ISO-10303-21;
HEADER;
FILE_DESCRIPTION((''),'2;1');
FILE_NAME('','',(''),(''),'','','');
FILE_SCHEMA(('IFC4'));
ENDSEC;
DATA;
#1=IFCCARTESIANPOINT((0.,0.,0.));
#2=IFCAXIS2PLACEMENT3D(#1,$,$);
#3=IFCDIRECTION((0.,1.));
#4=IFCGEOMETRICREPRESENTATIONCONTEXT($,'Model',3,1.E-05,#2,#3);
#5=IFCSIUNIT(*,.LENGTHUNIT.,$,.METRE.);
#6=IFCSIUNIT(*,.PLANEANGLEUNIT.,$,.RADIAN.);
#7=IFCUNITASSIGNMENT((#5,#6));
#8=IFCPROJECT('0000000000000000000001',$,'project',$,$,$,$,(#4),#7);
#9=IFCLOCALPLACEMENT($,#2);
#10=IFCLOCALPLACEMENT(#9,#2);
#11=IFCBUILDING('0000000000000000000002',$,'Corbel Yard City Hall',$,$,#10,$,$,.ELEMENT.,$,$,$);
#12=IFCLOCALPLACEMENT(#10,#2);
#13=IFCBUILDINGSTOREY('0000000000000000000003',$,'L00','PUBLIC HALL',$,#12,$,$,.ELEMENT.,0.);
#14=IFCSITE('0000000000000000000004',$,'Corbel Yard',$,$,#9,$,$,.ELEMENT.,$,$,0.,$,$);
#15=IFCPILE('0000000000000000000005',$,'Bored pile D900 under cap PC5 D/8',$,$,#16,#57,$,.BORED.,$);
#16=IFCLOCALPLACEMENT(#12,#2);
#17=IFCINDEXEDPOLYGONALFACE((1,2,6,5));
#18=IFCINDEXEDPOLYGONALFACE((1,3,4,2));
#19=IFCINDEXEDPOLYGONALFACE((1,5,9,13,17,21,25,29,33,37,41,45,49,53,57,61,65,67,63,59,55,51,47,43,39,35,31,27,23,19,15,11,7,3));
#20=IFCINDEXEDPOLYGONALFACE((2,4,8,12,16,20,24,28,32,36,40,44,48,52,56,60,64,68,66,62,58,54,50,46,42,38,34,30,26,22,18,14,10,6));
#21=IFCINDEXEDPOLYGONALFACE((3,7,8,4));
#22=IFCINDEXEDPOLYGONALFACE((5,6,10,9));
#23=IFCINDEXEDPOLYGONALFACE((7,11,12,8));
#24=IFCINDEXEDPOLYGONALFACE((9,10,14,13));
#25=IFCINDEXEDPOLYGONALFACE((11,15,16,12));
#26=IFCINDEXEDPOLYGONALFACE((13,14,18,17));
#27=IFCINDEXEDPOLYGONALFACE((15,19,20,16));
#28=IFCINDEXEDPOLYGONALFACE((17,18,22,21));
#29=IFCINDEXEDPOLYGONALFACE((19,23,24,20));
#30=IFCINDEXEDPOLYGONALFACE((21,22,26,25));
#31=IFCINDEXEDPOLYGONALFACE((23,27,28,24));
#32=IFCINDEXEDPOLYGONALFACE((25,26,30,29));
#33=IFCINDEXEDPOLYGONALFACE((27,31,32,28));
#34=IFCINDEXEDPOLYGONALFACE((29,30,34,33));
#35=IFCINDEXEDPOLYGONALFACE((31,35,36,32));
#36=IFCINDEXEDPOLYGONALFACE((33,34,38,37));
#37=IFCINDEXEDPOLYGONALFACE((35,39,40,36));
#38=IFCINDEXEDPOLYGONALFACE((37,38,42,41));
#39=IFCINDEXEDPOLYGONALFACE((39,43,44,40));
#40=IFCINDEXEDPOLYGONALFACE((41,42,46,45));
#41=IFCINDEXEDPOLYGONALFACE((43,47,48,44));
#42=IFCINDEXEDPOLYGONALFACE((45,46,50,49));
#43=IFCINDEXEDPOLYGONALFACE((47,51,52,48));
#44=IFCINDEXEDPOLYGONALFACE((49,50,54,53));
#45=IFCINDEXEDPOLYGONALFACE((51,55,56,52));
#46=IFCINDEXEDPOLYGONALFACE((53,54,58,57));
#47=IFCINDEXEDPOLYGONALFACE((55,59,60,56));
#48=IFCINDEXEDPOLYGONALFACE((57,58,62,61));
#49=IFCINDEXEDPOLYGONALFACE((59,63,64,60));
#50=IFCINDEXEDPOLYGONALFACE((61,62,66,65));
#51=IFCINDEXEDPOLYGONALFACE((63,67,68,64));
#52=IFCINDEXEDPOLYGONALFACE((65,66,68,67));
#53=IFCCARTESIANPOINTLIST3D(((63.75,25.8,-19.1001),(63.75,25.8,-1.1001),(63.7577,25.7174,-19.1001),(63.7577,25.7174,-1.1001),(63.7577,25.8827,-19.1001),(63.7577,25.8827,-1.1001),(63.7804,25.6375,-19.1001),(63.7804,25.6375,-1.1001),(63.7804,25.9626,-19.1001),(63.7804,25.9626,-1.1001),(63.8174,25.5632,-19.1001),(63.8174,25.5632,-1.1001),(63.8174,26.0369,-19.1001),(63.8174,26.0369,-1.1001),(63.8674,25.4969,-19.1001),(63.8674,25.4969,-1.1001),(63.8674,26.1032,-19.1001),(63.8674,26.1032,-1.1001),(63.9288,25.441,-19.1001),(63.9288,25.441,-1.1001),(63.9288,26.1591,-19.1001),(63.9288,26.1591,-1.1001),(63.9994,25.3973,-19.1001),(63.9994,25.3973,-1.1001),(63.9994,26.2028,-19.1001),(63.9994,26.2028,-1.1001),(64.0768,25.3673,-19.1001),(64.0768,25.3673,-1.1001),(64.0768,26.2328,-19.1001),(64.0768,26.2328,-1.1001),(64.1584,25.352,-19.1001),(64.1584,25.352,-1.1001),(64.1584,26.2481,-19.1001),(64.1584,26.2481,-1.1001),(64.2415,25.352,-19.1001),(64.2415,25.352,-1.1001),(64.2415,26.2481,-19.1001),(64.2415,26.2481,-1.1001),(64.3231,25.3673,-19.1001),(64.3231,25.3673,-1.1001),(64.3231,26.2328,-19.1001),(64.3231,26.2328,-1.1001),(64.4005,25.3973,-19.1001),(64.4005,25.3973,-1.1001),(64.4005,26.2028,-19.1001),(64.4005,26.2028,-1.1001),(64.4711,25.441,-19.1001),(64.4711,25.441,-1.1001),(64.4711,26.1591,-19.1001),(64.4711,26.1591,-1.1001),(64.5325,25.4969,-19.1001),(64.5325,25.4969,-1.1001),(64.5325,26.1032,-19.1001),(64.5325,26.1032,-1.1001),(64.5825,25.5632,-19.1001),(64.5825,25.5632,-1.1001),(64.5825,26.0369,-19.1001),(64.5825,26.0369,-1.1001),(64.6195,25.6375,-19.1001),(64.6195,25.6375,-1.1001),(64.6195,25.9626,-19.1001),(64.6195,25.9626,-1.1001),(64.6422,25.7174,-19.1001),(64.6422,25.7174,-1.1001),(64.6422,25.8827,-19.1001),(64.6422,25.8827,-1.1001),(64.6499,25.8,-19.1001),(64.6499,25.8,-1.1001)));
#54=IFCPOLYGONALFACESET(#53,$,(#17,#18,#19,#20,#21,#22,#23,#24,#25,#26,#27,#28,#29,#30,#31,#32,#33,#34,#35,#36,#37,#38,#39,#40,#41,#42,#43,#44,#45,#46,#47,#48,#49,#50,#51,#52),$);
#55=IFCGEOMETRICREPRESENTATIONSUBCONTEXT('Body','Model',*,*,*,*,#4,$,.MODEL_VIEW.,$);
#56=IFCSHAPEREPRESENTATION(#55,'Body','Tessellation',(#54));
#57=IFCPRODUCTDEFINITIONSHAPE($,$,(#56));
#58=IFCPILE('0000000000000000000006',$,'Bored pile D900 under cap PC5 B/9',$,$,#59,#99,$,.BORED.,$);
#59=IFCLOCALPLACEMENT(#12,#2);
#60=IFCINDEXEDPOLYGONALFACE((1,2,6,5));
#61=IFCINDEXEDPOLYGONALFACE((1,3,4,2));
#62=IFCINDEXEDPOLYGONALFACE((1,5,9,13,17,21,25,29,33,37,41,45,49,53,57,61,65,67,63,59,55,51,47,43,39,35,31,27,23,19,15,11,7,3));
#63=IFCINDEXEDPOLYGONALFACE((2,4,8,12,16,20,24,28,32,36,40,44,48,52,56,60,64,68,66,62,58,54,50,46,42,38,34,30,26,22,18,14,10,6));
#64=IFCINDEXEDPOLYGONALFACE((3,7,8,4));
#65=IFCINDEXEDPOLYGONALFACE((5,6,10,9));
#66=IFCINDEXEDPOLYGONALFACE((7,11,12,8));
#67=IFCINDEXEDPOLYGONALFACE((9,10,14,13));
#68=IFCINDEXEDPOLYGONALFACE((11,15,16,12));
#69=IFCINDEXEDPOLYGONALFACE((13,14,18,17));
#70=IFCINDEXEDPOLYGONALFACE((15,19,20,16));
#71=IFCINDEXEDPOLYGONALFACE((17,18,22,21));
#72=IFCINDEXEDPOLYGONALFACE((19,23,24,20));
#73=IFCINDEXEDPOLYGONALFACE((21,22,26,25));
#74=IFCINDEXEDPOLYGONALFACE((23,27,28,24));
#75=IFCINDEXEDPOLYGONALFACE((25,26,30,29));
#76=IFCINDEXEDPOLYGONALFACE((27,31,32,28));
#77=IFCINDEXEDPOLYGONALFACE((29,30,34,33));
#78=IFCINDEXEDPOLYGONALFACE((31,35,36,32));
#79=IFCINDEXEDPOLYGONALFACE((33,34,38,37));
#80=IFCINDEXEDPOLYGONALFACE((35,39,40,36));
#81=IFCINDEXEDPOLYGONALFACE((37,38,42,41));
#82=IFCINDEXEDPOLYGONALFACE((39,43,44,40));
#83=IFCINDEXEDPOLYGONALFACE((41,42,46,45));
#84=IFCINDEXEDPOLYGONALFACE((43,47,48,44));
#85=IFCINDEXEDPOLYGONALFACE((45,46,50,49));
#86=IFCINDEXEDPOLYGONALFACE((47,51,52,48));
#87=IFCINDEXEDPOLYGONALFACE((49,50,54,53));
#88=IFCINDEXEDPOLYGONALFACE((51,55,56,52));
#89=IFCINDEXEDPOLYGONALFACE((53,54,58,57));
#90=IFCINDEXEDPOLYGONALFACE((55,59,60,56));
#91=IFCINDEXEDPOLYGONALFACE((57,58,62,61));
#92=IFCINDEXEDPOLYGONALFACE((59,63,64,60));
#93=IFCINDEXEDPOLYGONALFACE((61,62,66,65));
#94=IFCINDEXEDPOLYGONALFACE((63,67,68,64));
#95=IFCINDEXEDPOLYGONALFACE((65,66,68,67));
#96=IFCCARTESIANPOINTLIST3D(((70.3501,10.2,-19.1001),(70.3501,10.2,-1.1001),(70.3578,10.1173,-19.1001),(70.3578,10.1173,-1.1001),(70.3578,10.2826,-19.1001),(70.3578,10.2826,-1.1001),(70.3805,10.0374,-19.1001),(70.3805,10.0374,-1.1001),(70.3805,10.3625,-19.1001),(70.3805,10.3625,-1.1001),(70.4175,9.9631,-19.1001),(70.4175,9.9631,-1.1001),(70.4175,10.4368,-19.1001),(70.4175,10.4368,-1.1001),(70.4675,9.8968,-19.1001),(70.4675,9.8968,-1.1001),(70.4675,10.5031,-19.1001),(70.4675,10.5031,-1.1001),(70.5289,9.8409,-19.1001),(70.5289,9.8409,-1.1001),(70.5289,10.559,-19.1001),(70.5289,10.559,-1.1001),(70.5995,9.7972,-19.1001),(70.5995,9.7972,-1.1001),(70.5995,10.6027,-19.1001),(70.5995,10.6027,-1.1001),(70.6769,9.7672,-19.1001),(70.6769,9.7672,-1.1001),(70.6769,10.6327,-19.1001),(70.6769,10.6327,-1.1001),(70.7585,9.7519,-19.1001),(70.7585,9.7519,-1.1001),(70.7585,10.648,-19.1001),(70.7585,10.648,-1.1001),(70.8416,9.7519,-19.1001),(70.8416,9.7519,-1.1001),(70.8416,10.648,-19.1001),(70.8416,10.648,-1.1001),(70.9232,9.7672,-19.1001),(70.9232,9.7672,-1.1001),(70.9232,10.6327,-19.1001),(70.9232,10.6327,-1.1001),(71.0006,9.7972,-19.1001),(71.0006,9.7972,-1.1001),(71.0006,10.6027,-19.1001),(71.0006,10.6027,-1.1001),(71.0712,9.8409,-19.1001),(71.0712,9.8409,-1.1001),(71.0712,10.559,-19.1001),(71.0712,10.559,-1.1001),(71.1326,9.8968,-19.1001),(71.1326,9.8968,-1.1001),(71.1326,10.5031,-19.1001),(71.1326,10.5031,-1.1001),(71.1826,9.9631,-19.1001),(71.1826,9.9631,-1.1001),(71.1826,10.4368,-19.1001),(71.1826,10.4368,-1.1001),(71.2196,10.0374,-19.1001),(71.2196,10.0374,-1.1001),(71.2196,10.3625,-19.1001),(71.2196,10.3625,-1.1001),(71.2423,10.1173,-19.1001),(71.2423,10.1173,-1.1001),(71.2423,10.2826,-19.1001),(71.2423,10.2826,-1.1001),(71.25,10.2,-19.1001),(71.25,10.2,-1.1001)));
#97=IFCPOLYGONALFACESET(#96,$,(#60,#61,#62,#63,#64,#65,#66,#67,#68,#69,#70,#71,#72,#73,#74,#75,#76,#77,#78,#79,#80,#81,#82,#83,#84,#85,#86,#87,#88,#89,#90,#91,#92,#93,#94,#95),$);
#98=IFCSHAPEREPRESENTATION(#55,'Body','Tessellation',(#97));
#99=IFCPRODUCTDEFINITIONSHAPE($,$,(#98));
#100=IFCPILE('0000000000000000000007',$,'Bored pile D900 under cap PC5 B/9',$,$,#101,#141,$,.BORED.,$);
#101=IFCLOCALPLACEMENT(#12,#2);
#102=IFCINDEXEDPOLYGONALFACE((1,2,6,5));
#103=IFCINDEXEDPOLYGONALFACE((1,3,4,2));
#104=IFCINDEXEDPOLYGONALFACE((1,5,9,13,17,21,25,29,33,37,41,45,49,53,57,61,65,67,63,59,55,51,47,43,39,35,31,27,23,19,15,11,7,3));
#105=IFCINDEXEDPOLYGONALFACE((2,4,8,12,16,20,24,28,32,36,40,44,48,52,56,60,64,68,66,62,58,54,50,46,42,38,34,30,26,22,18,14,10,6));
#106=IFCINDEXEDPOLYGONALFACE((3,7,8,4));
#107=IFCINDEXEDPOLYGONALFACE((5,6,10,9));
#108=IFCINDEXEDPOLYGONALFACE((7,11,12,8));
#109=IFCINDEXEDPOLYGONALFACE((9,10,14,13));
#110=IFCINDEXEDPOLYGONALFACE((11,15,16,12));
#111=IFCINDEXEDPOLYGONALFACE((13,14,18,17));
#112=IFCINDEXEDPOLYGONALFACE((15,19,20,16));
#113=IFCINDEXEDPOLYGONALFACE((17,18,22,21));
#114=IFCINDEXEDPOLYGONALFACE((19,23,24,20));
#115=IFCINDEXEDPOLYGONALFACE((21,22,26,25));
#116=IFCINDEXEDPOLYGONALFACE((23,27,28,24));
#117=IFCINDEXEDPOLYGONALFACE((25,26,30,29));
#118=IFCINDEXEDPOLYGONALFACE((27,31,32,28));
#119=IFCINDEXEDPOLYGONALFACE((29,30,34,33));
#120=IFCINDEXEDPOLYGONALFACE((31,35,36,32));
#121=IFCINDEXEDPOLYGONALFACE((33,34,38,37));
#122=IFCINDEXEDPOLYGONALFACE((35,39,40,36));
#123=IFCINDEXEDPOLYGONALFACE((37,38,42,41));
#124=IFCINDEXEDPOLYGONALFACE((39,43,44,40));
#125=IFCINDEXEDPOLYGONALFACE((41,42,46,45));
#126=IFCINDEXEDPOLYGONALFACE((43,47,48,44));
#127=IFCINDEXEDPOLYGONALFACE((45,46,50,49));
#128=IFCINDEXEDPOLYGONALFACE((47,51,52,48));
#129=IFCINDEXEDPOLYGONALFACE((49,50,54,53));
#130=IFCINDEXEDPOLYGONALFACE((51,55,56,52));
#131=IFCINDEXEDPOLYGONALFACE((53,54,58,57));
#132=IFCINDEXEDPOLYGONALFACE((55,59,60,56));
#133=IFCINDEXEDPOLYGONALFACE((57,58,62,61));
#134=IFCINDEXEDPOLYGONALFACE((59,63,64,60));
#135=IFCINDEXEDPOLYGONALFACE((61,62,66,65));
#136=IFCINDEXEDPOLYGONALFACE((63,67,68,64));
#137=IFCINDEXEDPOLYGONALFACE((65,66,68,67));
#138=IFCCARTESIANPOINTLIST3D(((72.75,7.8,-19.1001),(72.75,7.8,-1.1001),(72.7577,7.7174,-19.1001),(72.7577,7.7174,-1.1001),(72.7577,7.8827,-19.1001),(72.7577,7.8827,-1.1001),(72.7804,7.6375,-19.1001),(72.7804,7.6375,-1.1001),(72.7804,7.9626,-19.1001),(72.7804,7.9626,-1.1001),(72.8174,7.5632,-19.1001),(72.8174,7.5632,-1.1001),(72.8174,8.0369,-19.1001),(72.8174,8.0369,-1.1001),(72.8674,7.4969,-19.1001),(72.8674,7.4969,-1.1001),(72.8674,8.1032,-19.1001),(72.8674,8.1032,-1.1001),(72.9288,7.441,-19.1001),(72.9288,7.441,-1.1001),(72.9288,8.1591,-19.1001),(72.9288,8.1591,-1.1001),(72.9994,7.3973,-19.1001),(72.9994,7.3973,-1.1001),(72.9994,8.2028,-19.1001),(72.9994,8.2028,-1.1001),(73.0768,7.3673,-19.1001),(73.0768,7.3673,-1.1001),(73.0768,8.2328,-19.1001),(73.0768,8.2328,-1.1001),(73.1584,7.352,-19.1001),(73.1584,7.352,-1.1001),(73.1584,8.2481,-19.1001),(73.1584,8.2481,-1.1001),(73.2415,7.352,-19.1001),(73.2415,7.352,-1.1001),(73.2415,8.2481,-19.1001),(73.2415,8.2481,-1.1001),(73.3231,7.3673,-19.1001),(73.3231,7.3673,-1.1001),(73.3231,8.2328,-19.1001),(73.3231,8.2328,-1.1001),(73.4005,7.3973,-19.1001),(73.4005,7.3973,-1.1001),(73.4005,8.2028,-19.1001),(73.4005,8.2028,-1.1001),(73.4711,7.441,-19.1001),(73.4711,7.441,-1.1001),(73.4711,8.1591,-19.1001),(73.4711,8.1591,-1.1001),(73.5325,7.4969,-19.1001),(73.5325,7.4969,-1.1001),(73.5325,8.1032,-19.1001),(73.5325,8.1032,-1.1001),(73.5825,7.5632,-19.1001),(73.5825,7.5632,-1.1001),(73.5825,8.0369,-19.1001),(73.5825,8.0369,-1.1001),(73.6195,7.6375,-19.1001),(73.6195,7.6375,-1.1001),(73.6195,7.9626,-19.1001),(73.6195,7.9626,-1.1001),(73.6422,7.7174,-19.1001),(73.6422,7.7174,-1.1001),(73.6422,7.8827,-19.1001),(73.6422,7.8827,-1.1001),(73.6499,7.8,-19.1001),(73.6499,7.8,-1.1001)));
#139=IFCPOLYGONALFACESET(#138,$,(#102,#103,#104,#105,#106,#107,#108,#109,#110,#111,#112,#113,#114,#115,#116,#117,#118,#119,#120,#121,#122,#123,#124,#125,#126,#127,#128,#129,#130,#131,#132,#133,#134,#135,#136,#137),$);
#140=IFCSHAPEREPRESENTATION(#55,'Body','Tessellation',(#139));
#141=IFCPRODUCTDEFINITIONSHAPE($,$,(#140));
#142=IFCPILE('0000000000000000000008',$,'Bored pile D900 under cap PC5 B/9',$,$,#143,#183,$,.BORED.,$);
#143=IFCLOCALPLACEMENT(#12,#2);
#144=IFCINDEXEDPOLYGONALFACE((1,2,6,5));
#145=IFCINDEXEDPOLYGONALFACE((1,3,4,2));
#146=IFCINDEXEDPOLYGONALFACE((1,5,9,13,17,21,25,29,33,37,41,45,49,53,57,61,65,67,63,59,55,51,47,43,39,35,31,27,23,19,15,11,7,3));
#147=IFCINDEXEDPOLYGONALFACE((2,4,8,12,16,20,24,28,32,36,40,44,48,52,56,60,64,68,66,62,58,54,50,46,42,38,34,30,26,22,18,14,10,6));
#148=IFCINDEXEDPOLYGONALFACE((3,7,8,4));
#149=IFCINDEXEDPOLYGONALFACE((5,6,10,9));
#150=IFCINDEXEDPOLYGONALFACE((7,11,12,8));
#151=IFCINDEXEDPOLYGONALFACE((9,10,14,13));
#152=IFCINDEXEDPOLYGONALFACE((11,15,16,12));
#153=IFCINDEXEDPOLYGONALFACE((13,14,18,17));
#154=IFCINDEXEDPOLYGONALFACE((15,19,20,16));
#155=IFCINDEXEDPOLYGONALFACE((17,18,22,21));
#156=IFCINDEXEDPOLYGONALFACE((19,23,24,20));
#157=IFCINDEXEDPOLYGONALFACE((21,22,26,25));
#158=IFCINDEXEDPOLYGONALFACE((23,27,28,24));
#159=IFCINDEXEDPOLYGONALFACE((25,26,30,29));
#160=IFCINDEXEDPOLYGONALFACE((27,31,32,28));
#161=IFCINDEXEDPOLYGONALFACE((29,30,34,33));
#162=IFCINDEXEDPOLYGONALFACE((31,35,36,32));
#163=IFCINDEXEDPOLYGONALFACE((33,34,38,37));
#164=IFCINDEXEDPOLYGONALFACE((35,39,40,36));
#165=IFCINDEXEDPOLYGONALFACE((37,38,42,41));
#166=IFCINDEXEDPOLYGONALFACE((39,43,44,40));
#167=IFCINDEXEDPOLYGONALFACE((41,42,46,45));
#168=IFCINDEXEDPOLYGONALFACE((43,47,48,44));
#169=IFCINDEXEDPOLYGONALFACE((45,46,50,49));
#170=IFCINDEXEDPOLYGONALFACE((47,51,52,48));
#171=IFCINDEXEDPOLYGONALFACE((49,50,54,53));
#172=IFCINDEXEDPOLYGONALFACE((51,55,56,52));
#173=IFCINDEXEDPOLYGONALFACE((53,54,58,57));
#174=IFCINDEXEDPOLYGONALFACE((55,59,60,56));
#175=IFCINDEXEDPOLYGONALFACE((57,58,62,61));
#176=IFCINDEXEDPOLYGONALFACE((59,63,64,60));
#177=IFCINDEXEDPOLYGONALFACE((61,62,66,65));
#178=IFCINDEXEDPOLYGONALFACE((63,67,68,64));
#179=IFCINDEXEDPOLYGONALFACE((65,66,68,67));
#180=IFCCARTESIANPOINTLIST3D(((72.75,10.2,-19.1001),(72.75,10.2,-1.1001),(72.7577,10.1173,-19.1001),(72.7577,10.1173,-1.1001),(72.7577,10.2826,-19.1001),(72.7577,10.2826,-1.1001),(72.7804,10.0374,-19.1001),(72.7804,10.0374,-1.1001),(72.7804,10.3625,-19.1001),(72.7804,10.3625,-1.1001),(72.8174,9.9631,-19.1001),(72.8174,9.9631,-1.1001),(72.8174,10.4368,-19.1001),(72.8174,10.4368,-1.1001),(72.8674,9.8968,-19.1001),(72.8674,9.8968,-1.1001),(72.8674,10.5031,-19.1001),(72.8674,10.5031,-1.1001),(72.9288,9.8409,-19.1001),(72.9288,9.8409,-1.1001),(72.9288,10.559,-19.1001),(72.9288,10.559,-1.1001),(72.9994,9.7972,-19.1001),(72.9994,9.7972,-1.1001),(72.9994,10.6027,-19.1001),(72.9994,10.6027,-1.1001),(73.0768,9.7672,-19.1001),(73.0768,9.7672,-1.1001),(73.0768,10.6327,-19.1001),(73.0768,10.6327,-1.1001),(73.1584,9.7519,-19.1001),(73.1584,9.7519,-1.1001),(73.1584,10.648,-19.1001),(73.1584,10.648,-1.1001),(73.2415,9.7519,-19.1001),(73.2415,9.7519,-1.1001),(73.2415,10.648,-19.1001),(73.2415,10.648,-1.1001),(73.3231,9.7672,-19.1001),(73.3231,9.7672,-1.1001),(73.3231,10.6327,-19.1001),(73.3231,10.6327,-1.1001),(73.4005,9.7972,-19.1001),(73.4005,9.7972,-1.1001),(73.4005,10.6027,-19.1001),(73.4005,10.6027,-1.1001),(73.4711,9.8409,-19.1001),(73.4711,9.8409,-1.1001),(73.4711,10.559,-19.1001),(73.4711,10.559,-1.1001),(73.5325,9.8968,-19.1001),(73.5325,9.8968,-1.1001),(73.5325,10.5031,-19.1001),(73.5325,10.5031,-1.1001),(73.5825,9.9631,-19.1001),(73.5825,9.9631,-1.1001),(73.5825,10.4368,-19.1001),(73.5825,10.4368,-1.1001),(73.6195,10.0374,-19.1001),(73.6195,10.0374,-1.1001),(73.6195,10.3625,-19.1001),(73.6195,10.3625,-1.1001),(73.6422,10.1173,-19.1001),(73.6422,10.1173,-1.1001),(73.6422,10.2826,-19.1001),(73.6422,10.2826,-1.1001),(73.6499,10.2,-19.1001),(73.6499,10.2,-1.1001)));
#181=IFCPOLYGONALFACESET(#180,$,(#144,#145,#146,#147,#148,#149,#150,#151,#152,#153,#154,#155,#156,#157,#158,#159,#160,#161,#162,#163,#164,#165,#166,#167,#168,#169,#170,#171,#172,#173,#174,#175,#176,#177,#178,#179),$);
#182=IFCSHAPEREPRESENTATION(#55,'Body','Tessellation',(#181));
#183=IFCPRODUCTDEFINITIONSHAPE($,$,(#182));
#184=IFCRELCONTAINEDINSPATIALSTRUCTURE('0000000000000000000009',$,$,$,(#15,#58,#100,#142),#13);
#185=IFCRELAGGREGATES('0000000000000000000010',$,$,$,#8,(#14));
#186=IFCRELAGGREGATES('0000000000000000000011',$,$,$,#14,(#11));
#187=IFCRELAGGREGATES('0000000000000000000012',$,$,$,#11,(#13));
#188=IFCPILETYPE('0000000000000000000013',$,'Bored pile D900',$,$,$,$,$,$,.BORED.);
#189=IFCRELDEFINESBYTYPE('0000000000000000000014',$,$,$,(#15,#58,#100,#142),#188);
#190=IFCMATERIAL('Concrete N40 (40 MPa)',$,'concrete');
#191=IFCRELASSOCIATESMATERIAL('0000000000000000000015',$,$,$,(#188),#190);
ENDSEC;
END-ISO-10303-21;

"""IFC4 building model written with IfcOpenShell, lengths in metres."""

from ifc_helpers import new_model, si_unit, direction, frame, origin, origin_2d, place, context, subcontext, project, spatial, circle, extrude, material, material_profile, profile_set, type_object, element, save


model = new_model("IFC4")

# Units and contexts
model_context = context("Model", 3, precision=1e-05, world=origin(), true_north=direction((0.0, 1.0)))
body_context = subcontext(model_context, "Body", "Model", "MODEL_VIEW")
ifc_project = project(units=[si_unit("LENGTHUNIT", "METRE"), si_unit("PLANEANGLEUNIT", "RADIAN")], contexts=[model_context])

# Site, building, storey
site_placement = place(None, origin())
site = spatial("IfcSite", under=ifc_project, at=site_placement, Name="Corbel Yard", CompositionType="ELEMENT", RefElevation=0.0)
building_placement = place(site_placement, origin())
building = spatial("IfcBuilding", under=site, at=building_placement, Name="Corbel Yard City Hall", CompositionType="ELEMENT")
storey_placement = place(building_placement, origin())
storey = spatial("IfcBuildingStorey", under=building, at=storey_placement, Name="L00", Description="PUBLIC HALL", CompositionType="ELEMENT", Elevation=0.0)

# Piles
ifc_material_1 = material(Name="Concrete N40 (40 MPa)", Category="concrete")
ifc_material_profile_1 = material_profile(ifc_material_1, circle(Radius=0.45, at=origin_2d()), Name="D900")
ifc_profile_set_1 = profile_set([ifc_material_profile_1], Name="Concrete N40 (40 MPa)")
pile_type = type_object("IfcPileType", Name="Bored pile D900", PredefinedType="BORED", material=ifc_profile_set_1)
for number, where, z_axis, x_axis, name in (
    (1, (64.2, 25.8, -1.1001), (0.0, 0.0, -1.0), (1.0, 0.0, 0.0), "Bored pile D900 under cap PC5 D/8"),
    (2, (70.8, 10.2, -1.1001), (0.0, 0.0, -1.0), (1.0, 0.0, 0.0), "Bored pile D900 under cap PC5 B/9"),
    (3, (73.2, 7.8, -1.1001), (0.0, 0.0, -1.0), (1.0, 0.0, 0.0), "Bored pile D900 under cap PC5 B/9"),
    (4, (73.2, 10.2, -1.1001), (0.0, 0.0, -1.0), (1.0, 0.0, 0.0), "Bored pile D900 under cap PC5 B/9"),
):
    element("IfcPile", number, at=place(storey_placement, frame(where, z_axis=z_axis, x_axis=x_axis)), inside=storey, type_object=pile_type, Name=name, PredefinedType="BORED", context=body_context, shape_type="SweptSolid", body=[
        extrude(circle(Radius=0.45, at=origin_2d()), origin(), (0.0, 0.0, 1.0), 18.0),
    ])

save(model, "model.ifc")
